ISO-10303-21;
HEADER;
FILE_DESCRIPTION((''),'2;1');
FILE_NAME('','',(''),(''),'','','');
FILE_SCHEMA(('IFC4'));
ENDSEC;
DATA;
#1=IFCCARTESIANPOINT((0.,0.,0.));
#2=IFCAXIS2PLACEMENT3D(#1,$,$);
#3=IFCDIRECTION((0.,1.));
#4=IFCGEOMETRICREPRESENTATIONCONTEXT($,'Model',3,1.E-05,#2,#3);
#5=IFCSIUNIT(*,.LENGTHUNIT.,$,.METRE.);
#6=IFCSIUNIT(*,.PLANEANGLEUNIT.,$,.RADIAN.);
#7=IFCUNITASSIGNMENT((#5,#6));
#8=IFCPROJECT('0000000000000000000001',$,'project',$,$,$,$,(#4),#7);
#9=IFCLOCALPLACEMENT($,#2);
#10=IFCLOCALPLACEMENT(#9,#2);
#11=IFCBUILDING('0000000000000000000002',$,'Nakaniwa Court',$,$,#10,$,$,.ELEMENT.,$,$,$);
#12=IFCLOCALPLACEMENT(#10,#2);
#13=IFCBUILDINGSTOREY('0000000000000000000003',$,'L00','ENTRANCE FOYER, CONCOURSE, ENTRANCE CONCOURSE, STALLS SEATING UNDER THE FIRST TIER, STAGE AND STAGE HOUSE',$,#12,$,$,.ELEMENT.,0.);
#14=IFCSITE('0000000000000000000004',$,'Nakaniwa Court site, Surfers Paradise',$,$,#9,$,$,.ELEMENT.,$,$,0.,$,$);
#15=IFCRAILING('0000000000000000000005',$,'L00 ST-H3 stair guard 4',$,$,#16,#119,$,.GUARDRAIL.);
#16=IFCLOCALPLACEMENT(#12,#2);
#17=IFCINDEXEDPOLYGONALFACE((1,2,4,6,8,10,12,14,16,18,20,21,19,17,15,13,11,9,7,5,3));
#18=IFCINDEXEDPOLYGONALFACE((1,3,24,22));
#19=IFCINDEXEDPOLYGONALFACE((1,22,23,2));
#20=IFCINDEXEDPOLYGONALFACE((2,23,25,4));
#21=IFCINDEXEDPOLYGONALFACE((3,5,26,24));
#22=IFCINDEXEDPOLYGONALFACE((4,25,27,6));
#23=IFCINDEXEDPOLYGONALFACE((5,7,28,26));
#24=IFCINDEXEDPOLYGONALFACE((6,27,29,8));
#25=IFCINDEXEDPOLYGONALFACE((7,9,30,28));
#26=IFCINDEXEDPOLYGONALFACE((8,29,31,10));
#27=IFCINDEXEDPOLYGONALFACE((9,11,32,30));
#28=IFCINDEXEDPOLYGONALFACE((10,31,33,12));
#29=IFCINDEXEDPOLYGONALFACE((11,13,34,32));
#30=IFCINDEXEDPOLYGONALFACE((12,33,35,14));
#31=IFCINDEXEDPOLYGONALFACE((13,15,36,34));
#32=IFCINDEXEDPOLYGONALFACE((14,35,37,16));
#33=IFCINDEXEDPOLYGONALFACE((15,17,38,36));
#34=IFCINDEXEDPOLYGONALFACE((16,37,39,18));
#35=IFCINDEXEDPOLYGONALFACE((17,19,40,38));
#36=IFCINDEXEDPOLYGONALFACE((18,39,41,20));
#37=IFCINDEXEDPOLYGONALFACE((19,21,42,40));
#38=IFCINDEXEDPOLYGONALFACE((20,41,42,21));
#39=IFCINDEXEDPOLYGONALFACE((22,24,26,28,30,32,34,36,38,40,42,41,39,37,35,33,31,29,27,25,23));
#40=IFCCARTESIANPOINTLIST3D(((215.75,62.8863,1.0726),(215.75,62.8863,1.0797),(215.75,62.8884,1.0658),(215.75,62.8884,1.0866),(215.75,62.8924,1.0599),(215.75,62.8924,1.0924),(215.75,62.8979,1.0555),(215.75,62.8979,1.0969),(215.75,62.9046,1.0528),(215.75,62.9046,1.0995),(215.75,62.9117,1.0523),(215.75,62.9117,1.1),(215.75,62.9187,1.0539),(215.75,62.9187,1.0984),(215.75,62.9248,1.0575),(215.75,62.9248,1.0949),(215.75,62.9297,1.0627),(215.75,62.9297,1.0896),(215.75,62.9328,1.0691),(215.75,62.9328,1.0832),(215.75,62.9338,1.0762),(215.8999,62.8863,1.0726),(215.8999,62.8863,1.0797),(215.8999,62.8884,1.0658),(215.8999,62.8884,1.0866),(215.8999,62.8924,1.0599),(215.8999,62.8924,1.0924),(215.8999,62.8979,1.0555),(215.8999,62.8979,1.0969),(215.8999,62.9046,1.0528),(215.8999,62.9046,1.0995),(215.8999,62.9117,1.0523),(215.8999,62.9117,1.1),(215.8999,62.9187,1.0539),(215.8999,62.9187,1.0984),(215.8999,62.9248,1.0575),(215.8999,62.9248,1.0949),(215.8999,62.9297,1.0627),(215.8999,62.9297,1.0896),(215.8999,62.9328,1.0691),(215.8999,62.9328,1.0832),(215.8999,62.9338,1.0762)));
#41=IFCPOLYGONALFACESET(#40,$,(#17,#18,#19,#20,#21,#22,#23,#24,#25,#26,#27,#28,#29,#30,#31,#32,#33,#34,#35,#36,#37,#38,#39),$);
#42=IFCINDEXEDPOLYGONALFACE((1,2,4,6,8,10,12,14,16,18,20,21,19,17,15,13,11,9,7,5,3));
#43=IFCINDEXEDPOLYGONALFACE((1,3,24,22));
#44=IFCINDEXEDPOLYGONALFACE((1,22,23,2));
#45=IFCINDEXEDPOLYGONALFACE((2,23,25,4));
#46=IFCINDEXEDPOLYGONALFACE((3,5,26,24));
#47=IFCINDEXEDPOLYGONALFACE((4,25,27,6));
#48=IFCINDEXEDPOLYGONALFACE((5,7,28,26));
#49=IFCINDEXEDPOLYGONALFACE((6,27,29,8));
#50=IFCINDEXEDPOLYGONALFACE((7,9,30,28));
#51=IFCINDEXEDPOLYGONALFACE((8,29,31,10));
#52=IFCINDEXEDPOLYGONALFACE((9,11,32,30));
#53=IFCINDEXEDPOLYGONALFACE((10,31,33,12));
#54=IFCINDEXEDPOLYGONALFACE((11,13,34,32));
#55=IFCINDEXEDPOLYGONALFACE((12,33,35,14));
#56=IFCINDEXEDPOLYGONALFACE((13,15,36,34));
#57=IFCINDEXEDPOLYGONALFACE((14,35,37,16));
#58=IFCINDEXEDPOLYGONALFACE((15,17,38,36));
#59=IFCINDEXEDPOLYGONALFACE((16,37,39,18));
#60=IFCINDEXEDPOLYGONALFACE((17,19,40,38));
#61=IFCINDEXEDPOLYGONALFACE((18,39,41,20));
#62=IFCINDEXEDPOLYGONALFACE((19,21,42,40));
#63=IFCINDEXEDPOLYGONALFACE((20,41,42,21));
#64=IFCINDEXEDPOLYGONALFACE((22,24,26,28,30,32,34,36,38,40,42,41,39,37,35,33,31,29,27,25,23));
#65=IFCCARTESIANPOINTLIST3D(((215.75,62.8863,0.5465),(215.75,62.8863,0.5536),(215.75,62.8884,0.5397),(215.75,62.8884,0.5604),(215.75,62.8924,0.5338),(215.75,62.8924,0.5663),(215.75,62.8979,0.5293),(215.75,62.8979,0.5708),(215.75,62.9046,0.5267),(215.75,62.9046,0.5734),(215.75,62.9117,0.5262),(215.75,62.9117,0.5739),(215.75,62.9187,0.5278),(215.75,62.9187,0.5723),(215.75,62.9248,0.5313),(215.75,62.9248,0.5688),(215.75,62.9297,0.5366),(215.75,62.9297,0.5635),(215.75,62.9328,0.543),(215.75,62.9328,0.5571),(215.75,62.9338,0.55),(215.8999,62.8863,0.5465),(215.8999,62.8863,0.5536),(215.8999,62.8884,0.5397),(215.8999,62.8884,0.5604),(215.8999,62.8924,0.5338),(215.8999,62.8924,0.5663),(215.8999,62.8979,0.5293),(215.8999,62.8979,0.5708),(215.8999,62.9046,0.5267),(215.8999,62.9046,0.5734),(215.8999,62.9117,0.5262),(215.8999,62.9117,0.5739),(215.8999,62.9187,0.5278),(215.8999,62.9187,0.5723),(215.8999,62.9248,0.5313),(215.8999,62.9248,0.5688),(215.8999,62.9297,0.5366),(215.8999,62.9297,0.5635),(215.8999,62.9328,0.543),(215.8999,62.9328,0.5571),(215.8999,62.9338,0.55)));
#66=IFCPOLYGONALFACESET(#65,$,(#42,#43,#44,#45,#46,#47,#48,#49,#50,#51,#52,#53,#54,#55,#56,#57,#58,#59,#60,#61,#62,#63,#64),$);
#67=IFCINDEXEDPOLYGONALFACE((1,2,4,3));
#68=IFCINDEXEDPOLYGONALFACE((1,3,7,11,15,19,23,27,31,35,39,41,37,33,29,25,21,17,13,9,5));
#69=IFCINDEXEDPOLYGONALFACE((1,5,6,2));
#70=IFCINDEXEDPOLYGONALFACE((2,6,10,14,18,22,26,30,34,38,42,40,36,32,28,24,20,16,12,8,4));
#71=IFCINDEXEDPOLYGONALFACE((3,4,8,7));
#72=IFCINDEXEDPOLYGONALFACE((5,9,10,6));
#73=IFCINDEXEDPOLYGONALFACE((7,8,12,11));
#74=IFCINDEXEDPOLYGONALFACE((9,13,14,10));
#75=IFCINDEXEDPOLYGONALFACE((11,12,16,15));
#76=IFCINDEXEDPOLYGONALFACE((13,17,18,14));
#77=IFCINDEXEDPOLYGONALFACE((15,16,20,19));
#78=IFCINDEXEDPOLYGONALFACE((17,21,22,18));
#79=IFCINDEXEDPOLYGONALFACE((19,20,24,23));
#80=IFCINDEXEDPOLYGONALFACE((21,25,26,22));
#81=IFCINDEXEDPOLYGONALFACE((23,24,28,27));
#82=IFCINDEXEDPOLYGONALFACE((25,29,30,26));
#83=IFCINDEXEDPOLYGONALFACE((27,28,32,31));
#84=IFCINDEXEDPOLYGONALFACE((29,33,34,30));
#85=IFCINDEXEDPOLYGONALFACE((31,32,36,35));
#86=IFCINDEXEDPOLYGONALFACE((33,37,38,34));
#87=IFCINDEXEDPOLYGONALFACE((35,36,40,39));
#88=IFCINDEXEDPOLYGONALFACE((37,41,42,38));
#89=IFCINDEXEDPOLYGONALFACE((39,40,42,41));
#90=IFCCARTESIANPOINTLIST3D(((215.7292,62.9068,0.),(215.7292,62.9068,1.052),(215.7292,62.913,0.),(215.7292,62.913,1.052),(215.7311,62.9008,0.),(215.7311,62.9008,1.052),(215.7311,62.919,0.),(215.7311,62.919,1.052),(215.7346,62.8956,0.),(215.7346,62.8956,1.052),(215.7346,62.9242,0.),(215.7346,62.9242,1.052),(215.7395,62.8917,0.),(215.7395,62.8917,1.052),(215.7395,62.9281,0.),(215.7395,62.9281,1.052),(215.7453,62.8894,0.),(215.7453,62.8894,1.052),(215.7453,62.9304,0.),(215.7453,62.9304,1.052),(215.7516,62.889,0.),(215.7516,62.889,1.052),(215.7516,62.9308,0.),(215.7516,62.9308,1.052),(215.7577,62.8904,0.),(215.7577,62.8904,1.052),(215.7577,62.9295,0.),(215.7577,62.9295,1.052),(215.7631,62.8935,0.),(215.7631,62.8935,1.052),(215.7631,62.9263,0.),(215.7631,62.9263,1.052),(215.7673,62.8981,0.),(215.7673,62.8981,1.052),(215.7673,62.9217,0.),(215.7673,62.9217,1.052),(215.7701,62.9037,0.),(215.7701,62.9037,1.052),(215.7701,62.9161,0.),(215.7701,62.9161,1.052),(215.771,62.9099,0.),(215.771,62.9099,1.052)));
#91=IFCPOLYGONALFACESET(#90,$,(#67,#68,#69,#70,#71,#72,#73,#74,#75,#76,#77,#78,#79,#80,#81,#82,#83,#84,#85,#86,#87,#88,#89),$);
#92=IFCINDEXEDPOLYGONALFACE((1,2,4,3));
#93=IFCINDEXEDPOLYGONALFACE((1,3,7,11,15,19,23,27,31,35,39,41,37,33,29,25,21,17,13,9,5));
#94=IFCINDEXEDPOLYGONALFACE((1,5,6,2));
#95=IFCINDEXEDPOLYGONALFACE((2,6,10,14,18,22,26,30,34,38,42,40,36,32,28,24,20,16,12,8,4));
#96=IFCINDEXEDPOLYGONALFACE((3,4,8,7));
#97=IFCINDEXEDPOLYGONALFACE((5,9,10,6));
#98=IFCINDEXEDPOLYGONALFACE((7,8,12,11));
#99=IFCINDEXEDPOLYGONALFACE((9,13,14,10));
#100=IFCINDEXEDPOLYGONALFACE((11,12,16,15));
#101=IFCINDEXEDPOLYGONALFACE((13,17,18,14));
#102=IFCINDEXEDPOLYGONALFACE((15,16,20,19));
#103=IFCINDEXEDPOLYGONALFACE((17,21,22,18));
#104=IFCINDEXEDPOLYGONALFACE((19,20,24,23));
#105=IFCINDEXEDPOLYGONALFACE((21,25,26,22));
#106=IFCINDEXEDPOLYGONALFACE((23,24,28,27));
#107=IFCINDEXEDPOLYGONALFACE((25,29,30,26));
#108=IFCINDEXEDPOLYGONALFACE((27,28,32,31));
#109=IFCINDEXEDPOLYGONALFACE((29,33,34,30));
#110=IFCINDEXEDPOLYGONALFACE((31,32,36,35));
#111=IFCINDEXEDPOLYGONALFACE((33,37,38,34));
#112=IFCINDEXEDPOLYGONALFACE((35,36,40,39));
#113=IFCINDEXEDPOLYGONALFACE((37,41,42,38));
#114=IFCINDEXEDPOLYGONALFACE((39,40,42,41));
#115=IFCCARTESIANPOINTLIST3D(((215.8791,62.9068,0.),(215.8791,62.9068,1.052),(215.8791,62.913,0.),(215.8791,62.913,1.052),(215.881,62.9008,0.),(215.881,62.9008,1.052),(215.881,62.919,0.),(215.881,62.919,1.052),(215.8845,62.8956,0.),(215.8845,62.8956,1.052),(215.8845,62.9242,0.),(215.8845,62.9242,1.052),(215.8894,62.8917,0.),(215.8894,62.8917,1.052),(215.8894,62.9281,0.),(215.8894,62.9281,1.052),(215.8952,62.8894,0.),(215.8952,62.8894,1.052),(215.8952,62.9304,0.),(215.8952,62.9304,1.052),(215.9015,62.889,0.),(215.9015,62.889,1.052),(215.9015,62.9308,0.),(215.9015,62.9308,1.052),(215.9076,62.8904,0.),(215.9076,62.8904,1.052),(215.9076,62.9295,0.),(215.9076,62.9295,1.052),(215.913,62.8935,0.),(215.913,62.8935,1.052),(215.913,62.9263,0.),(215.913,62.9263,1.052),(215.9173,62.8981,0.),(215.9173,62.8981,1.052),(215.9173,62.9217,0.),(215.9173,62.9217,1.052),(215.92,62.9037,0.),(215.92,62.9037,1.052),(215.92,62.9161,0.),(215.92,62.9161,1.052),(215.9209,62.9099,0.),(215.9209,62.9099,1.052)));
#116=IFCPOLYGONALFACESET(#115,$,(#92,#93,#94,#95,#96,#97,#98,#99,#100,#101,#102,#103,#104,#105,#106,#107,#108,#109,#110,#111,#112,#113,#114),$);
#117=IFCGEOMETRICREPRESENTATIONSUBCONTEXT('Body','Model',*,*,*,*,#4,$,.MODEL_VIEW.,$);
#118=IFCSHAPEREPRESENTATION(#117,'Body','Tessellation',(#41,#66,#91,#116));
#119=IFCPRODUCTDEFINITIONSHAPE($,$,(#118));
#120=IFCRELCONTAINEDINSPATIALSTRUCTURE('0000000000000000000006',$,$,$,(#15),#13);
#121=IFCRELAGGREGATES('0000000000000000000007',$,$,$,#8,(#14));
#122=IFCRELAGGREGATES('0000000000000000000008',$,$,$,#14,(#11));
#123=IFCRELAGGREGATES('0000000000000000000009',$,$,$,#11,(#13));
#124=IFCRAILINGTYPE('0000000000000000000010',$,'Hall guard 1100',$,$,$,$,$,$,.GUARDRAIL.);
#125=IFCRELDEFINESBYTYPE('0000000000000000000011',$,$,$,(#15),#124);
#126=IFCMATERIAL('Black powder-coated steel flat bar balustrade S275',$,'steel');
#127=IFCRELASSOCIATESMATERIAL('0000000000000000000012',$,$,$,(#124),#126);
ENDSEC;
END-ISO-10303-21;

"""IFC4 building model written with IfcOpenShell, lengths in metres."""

from ifc_helpers import new_model, si_unit, direction, frame, origin, origin_2d, place, context, subcontext, project, spatial, circle, extrude, material, type_object, element, save


model = new_model("IFC4")

# Units and contexts
model_context = context("Model", 3, precision=1e-05, world=origin(), true_north=direction((0.0, 1.0)))
body_context = subcontext(model_context, "Body", "Model", "MODEL_VIEW")
ifc_project = project(units=[si_unit("LENGTHUNIT", "METRE"), si_unit("PLANEANGLEUNIT", "RADIAN")], contexts=[model_context])

# Site, building, storey
site_placement = place(None, origin())
site = spatial("IfcSite", under=ifc_project, at=site_placement, Name="Nakaniwa Court site, Surfers Paradise", CompositionType="ELEMENT", RefElevation=0.0)
building_placement = place(site_placement, origin())
building = spatial("IfcBuilding", under=site, at=building_placement, Name="Nakaniwa Court", CompositionType="ELEMENT")
storey_placement = place(building_placement, origin())
storey = spatial("IfcBuildingStorey", under=building, at=storey_placement, Name="L00", Description="ENTRANCE FOYER, CONCOURSE, ENTRANCE CONCOURSE, STALLS SEATING UNDER THE FIRST TIER, STAGE AND STAGE HOUSE", CompositionType="ELEMENT", Elevation=0.0)

# Railing
ifc_material_1 = material(Name="Black powder-coated steel flat bar balustrade S275", Category="steel")
railing_type_1 = type_object("IfcRailingType", Name="Hall guard 1100", PredefinedType="GUARDRAIL", material=ifc_material_1)
railing_1_placement = place(storey_placement, frame((215.75, 62.9099, 0.0)))
element("IfcRailing", 1, at=railing_1_placement, inside=storey, type_object=railing_type_1, Name="L00 ST-H3 stair guard 4", PredefinedType="GUARDRAIL", context=body_context, shape_type="SweptSolid", body=[
    extrude(circle(Radius=0.0239, at=origin_2d()), frame((0.0, 0.0, 1.0762), z_axis=(1.0, 0.0, 0.0), x_axis=(0.0, 1.0, 0.0)), (0.0, 0.0, 1.0), 0.1499),
    extrude(circle(Radius=0.0239, at=origin_2d()), frame((0.0, 0.0, 0.55), z_axis=(1.0, 0.0, 0.0), x_axis=(0.0, 1.0, 0.0)), (0.0, 0.0, 1.0), 0.1499),
    extrude(circle(Radius=0.021, at=origin_2d()), origin(), (0.0, 0.0, 1.0), 1.052),
    extrude(circle(Radius=0.021, at=origin_2d()), frame((0.1499, 0.0, 0.0)), (0.0, 0.0, 1.0), 1.052),
])

save(model, "model.ifc")
